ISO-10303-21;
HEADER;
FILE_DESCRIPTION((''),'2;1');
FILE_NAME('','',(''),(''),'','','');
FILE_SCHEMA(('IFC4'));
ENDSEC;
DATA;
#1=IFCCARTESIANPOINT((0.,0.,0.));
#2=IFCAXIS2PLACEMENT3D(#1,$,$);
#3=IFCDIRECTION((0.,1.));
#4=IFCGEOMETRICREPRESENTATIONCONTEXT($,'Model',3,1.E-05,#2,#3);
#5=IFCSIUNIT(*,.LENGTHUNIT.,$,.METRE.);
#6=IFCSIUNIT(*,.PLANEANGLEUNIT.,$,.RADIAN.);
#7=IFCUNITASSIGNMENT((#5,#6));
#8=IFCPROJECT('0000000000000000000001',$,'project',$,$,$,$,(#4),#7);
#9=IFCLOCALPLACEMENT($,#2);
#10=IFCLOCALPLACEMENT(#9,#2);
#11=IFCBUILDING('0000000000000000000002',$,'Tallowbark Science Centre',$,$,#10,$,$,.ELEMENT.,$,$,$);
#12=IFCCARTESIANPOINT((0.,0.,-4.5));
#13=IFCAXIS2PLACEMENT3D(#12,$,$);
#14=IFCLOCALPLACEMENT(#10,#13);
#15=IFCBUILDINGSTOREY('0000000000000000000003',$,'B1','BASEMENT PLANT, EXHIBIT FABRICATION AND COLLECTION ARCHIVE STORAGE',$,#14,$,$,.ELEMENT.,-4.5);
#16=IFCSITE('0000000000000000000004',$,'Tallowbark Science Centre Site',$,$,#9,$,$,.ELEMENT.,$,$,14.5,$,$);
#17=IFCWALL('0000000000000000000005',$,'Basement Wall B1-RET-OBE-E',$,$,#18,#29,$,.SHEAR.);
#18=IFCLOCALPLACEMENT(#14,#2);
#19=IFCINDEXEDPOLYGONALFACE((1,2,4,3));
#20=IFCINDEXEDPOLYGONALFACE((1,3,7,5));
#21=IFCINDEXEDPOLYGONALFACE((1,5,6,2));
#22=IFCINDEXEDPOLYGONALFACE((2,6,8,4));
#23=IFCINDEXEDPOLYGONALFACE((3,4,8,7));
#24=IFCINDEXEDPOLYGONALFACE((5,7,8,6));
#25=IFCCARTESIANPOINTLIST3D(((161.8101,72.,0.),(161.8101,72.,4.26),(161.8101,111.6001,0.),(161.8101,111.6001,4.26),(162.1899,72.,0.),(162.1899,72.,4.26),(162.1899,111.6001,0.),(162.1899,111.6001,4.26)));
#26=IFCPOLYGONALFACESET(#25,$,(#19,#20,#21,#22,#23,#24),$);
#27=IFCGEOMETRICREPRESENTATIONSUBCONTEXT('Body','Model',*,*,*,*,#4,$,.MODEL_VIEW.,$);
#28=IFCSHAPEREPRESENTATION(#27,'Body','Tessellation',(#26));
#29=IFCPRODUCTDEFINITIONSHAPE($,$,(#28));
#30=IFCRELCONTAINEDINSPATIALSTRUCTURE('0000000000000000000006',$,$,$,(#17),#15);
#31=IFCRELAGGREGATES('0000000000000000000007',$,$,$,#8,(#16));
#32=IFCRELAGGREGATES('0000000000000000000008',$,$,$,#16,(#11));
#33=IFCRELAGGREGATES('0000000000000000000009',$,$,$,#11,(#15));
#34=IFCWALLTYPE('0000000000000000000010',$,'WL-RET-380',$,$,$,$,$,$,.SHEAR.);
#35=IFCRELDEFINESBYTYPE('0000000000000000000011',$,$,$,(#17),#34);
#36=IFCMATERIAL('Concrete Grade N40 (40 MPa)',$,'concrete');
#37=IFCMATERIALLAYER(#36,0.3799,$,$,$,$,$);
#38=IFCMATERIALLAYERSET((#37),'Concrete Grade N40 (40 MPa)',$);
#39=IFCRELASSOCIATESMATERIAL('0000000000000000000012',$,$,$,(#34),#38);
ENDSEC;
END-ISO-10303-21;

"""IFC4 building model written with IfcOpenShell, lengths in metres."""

from ifc_helpers import new_model, si_unit, direction, frame, frame_2d, origin, place, context, subcontext, project, spatial, rectangle, extrude, material, layer, layer_set, type_object, element, save


model = new_model("IFC4")

# Units and contexts
model_context = context("Model", 3, precision=1e-05, world=origin(), true_north=direction((0.0, 1.0)))
body_context = subcontext(model_context, "Body", "Model", "MODEL_VIEW")
ifc_project = project(units=[si_unit("LENGTHUNIT", "METRE"), si_unit("PLANEANGLEUNIT", "RADIAN")], contexts=[model_context])

# Site, building, storey
site_placement = place(None, origin())
site = spatial("IfcSite", under=ifc_project, at=site_placement, Name="Tallowbark Science Centre Site", CompositionType="ELEMENT", RefElevation=14.5)
building_placement = place(site_placement, origin())
building = spatial("IfcBuilding", under=site, at=building_placement, Name="Tallowbark Science Centre", CompositionType="ELEMENT")
storey_placement = place(building_placement, frame((0.0, 0.0, -4.5)))
storey = spatial("IfcBuildingStorey", under=building, at=storey_placement, Name="B1", Description="BASEMENT PLANT, EXHIBIT FABRICATION AND COLLECTION ARCHIVE STORAGE", CompositionType="ELEMENT", Elevation=-4.5)

# Shared definitions
ifc_material_1 = material(Name="Concrete Grade N40 (40 MPa)", Category="concrete")

# Wall
ifc_layer_1 = layer(ifc_material_1, 0.3799)
ifc_layer_set_1 = layer_set([ifc_layer_1], Name="Concrete Grade N40 (40 MPa)")
wall_type = type_object("IfcWallType", Name="WL-RET-380", PredefinedType="SHEAR", material=ifc_layer_set_1)
wall_placement = place(storey_placement, frame((162.0, 72.0, 0.0), z_axis=(0.0, 0.0, 1.0), x_axis=(0.0, 1.0, 0.0)))
element("IfcWall", 1, at=wall_placement, inside=storey, type_object=wall_type, Name="Basement Wall B1-RET-OBE-E", PredefinedType="SHEAR", context=body_context, shape_type="SweptSolid", body=[
    extrude(rectangle(XDim=39.6001, YDim=0.3799, at=frame_2d((19.8, 0.0))), origin(), (0.0, 0.0, 1.0), 4.26),
])

save(model, "model.ifc")
